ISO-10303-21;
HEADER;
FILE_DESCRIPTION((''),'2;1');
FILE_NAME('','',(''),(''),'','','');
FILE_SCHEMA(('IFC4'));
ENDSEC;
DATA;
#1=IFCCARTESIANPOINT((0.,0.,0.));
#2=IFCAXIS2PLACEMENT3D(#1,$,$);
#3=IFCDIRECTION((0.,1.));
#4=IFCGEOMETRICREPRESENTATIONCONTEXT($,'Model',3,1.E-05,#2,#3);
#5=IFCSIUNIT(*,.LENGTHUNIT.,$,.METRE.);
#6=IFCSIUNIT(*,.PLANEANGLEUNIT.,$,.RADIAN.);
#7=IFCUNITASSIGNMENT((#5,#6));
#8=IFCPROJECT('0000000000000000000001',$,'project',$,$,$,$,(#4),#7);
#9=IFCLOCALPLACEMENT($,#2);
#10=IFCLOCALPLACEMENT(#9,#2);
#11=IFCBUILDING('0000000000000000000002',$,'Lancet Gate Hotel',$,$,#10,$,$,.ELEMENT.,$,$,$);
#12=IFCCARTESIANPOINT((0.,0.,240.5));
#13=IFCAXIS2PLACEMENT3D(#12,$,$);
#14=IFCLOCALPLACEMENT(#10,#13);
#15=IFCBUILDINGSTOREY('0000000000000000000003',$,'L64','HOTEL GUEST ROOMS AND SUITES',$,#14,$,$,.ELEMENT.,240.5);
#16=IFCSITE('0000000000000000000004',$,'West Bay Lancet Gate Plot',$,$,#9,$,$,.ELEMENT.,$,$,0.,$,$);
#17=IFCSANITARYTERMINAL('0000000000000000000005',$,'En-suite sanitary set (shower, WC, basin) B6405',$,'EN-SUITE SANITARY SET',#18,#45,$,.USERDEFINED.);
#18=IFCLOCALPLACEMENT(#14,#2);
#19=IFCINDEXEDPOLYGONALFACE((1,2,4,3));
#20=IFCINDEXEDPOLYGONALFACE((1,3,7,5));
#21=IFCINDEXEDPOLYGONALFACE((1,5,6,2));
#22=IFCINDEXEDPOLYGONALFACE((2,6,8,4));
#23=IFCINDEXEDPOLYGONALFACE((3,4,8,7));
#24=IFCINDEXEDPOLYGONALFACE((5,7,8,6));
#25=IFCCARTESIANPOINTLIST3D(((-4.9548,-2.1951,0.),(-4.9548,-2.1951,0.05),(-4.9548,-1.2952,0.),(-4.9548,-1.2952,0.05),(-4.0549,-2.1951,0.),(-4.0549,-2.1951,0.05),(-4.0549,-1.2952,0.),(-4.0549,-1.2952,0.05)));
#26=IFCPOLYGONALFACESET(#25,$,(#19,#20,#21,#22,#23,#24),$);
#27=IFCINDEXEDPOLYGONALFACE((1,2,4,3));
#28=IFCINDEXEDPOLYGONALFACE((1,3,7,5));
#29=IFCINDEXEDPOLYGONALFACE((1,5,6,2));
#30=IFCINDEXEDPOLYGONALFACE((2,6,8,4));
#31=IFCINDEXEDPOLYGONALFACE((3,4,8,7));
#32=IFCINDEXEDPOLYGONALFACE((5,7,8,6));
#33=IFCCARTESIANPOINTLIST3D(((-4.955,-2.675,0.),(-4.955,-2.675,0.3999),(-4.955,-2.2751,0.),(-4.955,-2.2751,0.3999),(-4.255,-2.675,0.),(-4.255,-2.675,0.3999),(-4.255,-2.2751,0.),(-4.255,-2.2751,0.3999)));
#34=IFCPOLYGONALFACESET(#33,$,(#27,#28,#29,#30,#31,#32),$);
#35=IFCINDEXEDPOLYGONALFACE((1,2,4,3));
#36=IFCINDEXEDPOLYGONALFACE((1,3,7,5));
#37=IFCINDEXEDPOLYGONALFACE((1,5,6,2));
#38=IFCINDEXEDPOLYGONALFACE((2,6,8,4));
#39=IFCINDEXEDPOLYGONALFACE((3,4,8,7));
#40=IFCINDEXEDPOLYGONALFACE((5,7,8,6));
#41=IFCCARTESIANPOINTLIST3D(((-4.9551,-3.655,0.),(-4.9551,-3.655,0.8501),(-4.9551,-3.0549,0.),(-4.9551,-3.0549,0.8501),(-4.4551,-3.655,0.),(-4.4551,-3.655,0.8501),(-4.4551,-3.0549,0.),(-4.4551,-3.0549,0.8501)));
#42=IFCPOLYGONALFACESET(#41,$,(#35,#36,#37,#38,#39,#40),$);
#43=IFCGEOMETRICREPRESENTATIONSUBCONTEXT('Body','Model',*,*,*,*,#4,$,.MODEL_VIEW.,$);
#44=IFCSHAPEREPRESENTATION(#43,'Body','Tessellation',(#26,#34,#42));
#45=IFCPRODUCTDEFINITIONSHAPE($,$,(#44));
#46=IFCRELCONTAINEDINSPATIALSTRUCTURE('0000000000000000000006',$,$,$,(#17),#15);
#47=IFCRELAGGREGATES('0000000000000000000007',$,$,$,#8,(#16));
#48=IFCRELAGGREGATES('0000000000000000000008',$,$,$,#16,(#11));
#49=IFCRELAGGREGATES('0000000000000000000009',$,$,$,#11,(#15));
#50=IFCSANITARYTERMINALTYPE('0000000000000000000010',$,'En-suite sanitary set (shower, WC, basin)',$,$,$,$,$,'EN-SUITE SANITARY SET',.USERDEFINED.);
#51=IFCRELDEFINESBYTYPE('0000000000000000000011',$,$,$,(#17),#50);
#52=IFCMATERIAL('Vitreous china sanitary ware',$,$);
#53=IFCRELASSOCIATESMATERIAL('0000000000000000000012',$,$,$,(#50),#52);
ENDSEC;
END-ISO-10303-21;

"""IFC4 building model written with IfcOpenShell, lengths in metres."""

from ifc_helpers import new_model, si_unit, direction, frame, origin, origin_2d, place, context, subcontext, project, spatial, rectangle, extrude, material, type_object, element, save


model = new_model("IFC4")

# Units and contexts
model_context = context("Model", 3, precision=1e-05, world=origin(), true_north=direction((0.0, 1.0)))
body_context = subcontext(model_context, "Body", "Model", "MODEL_VIEW")
ifc_project = project(units=[si_unit("LENGTHUNIT", "METRE"), si_unit("PLANEANGLEUNIT", "RADIAN")], contexts=[model_context])

# Site, building, storey
site_placement = place(None, origin())
site = spatial("IfcSite", under=ifc_project, at=site_placement, Name="West Bay Lancet Gate Plot", CompositionType="ELEMENT", RefElevation=0.0)
building_placement = place(site_placement, origin())
building = spatial("IfcBuilding", under=site, at=building_placement, Name="Lancet Gate Hotel", CompositionType="ELEMENT")
storey_placement = place(building_placement, frame((0.0, 0.0, 240.5)))
storey = spatial("IfcBuildingStorey", under=building, at=storey_placement, Name="L64", Description="HOTEL GUEST ROOMS AND SUITES", CompositionType="ELEMENT", Elevation=240.5)

# Sanitary terminal
ifc_material_1 = material(Name="Vitreous china sanitary ware")
sanitary_terminal_type = type_object("IfcSanitaryTerminalType", Name="En-suite sanitary set (shower, WC, basin)", ElementType="EN-SUITE SANITARY SET", PredefinedType="USERDEFINED", material=ifc_material_1)
sanitary_terminal_placement = place(storey_placement, frame((-4.5049, -1.7451, 0.0), z_axis=(0.0, 0.0, 1.0), x_axis=(1.0, 0.0, 0.0)))
element("IfcSanitaryTerminal", 1, at=sanitary_terminal_placement, inside=storey, type_object=sanitary_terminal_type, Name="En-suite sanitary set (shower, WC, basin) B6405", ObjectType="EN-SUITE SANITARY SET", PredefinedType="USERDEFINED", context=body_context, shape_type="SweptSolid", body=[
    extrude(rectangle(XDim=0.8999, YDim=0.8999, at=origin_2d()), frame((0.0, 0.0, 0.0), z_axis=(0.0, 0.0, 1.0), x_axis=(0.0, 1.0, 0.0)), (0.0, 0.0, 1.0), 0.05),
    extrude(rectangle(XDim=0.3999, YDim=0.7, at=origin_2d()), frame((-0.1001, -0.73, 0.0), z_axis=(0.0, 0.0, 1.0), x_axis=(0.0, 1.0, 0.0)), (0.0, 0.0, 1.0), 0.3999),
    extrude(rectangle(XDim=0.6001, YDim=0.5, at=origin_2d()), frame((-0.2002, -1.6099, 0.0), z_axis=(0.0, 0.0, 1.0), x_axis=(0.0, 1.0, 0.0)), (0.0, 0.0, 1.0), 0.8501),
])

save(model, "model.ifc")
